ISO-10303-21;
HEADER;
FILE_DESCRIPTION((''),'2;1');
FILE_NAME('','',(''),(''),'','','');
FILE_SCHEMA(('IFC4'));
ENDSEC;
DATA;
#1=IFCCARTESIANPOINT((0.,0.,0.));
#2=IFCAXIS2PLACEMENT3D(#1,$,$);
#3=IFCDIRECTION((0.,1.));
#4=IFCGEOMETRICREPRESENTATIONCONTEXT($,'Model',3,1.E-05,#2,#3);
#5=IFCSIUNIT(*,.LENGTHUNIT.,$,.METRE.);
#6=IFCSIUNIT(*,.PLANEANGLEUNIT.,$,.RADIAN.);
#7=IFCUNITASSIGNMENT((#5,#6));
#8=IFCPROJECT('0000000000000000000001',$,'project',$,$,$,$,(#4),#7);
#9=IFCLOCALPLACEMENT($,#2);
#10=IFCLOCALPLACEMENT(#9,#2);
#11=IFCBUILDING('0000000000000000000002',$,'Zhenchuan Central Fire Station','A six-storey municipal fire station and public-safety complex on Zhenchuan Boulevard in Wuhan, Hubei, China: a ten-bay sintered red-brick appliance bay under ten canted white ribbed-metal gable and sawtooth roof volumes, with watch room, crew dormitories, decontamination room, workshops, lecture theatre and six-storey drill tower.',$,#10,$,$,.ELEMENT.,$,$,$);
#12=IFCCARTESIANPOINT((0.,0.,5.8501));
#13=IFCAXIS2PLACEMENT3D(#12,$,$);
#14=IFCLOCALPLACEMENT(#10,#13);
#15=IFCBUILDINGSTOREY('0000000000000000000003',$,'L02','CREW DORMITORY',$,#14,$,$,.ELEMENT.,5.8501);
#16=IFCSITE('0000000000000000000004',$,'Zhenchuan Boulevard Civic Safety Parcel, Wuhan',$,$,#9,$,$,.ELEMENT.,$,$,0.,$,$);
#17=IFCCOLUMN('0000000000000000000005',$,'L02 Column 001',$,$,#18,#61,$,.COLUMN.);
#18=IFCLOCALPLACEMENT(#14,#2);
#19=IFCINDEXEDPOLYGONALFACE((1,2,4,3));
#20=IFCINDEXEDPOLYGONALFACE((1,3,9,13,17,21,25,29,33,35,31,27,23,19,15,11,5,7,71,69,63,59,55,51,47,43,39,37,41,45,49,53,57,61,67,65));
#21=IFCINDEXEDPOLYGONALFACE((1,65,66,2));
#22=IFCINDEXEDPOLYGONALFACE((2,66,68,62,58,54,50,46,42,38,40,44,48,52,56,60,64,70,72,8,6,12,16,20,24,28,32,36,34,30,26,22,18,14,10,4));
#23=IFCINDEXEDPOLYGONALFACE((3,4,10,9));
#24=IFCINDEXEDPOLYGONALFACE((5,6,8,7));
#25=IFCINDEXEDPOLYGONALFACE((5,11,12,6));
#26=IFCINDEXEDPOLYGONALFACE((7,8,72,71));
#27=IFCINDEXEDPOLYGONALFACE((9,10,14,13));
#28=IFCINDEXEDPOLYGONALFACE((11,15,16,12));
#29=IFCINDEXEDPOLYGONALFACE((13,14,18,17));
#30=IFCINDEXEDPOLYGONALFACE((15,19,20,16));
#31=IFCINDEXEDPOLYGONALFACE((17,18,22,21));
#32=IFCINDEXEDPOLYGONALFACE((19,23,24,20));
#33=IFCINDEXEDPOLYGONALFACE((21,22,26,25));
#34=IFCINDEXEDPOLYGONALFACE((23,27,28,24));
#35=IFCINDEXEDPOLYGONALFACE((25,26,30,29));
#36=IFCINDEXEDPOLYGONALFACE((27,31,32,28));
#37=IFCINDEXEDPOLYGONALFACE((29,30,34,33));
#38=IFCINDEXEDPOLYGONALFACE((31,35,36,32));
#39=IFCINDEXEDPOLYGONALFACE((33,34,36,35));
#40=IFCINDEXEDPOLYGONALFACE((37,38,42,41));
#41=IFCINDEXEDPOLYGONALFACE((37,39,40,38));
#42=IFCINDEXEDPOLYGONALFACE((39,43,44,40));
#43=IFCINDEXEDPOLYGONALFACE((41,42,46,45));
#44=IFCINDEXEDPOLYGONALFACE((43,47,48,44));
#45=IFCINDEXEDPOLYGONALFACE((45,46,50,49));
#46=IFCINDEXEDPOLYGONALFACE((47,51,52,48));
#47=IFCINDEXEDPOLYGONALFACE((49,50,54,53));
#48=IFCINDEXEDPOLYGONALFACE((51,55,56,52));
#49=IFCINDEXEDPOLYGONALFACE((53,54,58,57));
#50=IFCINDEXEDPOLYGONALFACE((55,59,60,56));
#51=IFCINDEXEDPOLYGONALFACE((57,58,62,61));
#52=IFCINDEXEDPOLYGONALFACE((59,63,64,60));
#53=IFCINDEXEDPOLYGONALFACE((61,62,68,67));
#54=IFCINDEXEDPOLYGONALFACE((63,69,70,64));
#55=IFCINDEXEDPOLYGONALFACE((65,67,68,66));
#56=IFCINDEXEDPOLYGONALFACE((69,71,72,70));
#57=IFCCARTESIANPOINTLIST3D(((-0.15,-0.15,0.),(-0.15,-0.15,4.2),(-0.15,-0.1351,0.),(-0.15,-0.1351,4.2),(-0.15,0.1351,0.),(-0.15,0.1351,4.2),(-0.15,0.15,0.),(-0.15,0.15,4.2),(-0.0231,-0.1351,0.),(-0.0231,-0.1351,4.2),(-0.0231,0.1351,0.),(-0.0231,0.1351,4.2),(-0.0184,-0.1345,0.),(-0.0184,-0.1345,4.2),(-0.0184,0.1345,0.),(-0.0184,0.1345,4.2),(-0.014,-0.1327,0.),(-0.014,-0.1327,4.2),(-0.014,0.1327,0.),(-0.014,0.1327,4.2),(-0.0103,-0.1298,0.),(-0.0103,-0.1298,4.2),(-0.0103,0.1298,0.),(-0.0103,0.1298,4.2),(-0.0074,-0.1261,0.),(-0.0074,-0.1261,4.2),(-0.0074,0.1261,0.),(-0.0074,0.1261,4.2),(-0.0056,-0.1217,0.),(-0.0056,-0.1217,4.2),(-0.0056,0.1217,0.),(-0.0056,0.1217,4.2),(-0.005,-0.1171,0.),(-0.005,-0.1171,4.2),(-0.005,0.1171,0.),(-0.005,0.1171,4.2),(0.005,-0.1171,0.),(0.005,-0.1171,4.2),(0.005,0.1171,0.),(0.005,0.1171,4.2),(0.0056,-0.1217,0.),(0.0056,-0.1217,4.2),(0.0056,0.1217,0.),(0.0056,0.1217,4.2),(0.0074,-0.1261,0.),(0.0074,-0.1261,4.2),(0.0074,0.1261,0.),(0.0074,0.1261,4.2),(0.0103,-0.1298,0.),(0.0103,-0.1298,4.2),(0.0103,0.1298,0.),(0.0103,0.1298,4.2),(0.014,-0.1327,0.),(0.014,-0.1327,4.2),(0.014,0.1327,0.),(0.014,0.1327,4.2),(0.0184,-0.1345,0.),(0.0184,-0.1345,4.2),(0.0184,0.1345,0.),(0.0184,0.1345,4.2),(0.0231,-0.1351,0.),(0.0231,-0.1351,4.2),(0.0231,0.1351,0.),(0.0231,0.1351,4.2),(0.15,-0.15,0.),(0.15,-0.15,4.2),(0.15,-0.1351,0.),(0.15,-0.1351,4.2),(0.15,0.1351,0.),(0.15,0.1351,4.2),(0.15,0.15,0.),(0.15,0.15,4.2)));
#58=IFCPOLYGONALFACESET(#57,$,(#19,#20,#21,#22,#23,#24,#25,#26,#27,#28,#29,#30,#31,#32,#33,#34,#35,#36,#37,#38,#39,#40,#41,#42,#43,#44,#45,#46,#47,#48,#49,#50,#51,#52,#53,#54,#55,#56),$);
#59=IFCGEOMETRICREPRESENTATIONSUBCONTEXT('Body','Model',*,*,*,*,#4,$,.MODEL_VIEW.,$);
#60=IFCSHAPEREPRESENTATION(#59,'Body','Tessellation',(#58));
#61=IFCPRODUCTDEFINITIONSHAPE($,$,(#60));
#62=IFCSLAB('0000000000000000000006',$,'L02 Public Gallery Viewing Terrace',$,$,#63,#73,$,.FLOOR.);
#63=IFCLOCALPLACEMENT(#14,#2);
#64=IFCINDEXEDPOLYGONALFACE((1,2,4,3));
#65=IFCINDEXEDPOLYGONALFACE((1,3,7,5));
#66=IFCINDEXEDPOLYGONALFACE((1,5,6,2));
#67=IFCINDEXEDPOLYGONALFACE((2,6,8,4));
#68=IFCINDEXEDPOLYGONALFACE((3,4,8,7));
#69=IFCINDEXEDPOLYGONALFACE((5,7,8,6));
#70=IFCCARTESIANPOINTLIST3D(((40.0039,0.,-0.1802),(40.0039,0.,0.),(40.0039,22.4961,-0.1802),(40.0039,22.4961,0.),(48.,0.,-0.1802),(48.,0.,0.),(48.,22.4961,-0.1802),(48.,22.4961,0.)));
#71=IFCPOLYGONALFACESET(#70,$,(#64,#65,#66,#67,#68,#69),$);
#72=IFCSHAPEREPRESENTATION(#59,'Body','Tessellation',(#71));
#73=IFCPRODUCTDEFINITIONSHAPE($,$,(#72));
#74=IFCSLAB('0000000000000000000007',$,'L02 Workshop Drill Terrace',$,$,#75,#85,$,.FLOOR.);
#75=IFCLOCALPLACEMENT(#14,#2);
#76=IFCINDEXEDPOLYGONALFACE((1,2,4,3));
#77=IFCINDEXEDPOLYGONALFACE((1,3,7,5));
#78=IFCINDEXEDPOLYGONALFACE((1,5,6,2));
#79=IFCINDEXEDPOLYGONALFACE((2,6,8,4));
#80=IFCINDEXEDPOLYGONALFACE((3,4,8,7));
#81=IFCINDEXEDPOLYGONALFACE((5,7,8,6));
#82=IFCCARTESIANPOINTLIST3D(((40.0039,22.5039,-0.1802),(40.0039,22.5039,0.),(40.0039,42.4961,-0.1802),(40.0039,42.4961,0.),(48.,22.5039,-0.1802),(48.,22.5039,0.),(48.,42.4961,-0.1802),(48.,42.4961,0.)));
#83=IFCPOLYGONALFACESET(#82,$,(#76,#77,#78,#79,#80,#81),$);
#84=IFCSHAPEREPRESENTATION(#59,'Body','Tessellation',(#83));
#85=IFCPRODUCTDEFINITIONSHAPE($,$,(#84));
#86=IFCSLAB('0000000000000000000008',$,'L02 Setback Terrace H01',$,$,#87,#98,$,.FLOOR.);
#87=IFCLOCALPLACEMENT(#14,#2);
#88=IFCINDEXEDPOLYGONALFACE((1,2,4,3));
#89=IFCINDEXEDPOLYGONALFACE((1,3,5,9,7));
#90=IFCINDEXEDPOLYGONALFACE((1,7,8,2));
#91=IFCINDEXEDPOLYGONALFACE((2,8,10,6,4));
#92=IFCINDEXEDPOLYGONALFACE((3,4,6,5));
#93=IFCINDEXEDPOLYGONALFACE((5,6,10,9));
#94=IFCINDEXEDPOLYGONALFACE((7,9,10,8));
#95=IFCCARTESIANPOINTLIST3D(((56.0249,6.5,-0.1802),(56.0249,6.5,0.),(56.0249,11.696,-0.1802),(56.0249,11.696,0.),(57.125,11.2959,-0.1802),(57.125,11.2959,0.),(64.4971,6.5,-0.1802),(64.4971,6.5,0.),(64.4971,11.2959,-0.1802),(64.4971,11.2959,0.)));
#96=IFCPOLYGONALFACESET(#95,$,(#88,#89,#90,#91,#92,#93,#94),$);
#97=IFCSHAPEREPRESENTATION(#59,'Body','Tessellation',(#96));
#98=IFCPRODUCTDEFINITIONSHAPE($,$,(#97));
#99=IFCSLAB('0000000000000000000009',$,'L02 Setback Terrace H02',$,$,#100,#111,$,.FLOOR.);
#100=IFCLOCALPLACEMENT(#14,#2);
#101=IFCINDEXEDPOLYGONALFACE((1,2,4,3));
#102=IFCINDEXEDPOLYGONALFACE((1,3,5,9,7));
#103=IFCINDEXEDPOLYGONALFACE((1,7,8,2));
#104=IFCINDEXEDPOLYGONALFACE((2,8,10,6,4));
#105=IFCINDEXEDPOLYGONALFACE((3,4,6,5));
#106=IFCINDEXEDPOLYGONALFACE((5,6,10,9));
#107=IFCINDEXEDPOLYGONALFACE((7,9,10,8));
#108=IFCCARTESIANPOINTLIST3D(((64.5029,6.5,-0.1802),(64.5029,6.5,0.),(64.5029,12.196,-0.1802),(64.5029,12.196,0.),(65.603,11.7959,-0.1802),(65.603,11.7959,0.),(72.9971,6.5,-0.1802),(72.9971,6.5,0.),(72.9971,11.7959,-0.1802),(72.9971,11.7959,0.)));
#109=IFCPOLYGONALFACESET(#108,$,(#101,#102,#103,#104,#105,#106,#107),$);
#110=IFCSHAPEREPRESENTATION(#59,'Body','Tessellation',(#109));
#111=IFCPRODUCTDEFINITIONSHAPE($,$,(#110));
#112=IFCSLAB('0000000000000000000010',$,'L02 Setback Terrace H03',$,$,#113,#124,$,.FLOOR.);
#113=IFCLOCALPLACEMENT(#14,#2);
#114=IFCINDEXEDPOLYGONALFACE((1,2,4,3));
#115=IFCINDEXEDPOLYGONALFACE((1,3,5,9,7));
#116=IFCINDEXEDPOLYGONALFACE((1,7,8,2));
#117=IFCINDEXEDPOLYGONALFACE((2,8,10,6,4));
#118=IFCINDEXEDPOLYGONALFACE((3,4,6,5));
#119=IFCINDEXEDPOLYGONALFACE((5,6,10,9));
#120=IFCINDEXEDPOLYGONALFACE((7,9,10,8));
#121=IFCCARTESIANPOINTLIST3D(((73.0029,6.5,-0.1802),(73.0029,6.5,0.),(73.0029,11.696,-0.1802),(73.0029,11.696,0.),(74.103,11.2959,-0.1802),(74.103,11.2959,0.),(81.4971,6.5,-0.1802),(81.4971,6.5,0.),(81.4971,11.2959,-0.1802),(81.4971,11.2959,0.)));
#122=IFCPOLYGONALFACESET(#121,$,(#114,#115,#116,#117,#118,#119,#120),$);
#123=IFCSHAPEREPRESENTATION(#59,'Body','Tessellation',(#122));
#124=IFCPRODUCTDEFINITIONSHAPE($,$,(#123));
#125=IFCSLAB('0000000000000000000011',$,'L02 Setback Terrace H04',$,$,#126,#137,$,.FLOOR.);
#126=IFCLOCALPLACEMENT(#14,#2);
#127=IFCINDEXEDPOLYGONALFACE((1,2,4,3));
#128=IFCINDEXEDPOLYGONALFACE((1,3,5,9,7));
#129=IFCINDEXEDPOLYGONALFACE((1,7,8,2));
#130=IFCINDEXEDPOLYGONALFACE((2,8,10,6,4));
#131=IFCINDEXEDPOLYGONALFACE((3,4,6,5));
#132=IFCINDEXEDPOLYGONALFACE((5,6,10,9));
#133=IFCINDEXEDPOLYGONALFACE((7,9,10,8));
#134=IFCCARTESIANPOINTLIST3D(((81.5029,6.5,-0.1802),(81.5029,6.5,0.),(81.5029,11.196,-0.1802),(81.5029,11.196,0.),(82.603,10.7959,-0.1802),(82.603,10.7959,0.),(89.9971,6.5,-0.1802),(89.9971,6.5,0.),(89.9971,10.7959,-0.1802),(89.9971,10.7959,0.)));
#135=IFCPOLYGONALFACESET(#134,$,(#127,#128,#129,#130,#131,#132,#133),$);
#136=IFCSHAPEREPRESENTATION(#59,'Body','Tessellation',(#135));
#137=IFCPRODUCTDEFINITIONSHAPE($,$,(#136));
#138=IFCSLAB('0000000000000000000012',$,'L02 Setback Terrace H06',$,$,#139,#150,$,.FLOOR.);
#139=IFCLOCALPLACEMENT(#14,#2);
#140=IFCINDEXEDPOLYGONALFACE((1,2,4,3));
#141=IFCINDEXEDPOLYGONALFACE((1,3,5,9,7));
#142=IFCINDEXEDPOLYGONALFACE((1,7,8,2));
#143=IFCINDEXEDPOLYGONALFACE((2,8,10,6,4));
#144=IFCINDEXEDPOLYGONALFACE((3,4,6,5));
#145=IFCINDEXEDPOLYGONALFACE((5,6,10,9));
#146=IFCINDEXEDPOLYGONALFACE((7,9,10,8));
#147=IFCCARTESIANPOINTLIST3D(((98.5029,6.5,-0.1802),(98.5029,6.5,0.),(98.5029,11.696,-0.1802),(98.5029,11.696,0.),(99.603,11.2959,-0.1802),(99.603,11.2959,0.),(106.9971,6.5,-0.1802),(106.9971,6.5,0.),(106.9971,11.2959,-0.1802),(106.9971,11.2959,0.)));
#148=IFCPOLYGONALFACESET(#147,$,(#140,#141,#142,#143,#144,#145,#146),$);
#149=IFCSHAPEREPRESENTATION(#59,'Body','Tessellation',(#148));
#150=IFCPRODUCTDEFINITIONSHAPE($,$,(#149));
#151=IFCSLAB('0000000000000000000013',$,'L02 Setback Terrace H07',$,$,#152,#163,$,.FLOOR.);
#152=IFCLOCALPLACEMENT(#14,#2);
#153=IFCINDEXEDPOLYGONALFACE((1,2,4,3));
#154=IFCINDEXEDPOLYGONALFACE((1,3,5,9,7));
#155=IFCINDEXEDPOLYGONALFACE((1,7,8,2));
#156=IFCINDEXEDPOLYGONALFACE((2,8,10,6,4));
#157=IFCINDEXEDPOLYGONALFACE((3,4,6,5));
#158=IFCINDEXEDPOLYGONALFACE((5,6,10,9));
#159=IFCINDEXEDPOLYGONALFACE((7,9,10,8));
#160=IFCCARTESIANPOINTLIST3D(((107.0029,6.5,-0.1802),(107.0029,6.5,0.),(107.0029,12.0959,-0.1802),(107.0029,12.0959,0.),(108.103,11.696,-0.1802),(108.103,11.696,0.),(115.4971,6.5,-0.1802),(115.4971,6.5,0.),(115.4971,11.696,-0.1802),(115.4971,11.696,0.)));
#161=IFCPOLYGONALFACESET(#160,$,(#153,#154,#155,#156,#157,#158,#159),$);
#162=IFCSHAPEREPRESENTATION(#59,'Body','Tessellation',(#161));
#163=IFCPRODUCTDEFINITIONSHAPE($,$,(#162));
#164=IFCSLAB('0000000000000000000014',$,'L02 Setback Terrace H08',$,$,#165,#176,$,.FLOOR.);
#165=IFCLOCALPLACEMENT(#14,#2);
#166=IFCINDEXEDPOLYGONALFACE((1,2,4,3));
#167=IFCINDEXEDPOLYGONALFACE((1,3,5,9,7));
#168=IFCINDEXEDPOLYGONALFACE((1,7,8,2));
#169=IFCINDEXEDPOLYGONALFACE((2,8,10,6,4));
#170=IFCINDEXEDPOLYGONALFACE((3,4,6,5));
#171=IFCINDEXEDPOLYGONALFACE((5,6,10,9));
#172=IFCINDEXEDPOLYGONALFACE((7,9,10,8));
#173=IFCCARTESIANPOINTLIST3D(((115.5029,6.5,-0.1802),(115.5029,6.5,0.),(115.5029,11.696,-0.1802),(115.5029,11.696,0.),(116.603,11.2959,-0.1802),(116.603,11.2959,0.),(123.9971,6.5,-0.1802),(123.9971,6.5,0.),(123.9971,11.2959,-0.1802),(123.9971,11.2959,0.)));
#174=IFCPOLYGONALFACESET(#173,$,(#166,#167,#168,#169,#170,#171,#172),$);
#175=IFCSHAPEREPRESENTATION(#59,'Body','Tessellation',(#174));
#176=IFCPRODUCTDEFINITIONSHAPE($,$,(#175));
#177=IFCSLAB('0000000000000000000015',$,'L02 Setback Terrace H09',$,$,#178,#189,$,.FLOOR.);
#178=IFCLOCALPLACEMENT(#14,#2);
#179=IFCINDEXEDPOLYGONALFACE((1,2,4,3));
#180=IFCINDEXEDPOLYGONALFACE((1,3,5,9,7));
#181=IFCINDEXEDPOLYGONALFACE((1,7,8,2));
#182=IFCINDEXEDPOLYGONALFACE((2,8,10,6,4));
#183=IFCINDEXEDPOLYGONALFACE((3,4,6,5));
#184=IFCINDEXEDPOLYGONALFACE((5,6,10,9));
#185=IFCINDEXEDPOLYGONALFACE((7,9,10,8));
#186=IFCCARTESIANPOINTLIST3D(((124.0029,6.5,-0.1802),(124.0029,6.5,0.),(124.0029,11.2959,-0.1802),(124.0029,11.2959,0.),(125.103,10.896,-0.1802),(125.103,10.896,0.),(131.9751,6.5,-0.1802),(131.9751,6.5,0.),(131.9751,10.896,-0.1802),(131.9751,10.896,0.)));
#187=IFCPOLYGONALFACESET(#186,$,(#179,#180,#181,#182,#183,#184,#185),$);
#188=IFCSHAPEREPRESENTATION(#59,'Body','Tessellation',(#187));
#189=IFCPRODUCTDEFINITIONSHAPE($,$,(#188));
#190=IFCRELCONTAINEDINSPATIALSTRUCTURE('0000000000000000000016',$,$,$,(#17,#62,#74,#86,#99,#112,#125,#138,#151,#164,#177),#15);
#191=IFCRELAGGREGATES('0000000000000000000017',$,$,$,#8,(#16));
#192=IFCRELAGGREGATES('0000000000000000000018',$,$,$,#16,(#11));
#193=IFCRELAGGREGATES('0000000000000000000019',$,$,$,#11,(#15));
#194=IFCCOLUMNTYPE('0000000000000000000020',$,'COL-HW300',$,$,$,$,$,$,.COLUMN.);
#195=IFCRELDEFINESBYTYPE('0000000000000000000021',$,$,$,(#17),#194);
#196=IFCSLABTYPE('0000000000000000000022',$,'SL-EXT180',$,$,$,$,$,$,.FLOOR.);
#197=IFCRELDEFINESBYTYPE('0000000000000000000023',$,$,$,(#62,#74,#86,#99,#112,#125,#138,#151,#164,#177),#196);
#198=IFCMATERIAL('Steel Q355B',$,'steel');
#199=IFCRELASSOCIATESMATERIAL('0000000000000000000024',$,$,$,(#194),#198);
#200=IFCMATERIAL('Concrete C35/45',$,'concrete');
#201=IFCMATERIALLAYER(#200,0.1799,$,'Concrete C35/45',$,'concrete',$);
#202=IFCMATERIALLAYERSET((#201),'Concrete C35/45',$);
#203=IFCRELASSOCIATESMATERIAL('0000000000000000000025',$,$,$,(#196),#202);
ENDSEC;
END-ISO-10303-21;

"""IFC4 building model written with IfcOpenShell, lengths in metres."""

from ifc_helpers import new_model, si_unit, direction, frame, origin, origin_with_axes, origin_2d, place, context, subcontext, project, spatial, polyline, i_section, outline, extrude, material, layer, layer_set, material_profile, profile_set, type_object, element, save


model = new_model("IFC4")

# Units and contexts
model_context = context("Model", 3, precision=1e-05, world=origin(), true_north=direction((0.0, 1.0)))
body_context = subcontext(model_context, "Body", "Model", "MODEL_VIEW")
ifc_project = project(units=[si_unit("LENGTHUNIT", "METRE"), si_unit("PLANEANGLEUNIT", "RADIAN")], contexts=[model_context])

# Site, building, storey
site_placement = place(None, origin())
site = spatial("IfcSite", under=ifc_project, at=site_placement, Name="Zhenchuan Boulevard Civic Safety Parcel, Wuhan", CompositionType="ELEMENT", RefElevation=0.0)
building_placement = place(site_placement, origin())
building = spatial("IfcBuilding", under=site, at=building_placement, Name="Zhenchuan Central Fire Station", Description="A six-storey municipal fire station and public-safety complex on Zhenchuan Boulevard in Wuhan, Hubei, China: a ten-bay sintered red-brick appliance bay under ten canted white ribbed-metal gable and sawtooth roof volumes, with watch room, crew dormitories, decontamination room, workshops, lecture theatre and six-storey drill tower.", CompositionType="ELEMENT")
storey_placement = place(building_placement, frame((0.0, 0.0, 5.8501)))
storey = spatial("IfcBuildingStorey", under=building, at=storey_placement, Name="L02", Description="CREW DORMITORY", CompositionType="ELEMENT", Elevation=5.8501)

# Column
ifc_material_1 = material(Name="Steel Q355B", Category="steel")
ifc_material_profile = material_profile(ifc_material_1, i_section(OverallWidth=0.3, OverallDepth=0.3, WebThickness=0.01, FlangeThickness=0.0149, FilletRadius=0.0181, at=origin_2d()), Name="HW 300x300")
ifc_profile_set = profile_set([ifc_material_profile], Name="Steel Q355B")
column_type = type_object("IfcColumnType", Name="COL-HW300", PredefinedType="COLUMN", material=ifc_profile_set)
column_placement = place(storey_placement, origin_with_axes())
element("IfcColumn", 1, at=column_placement, inside=storey, type_object=column_type, Name="L02 Column 001", PredefinedType="COLUMN", context=body_context, shape_type="SweptSolid", body=[
    extrude(i_section(OverallWidth=0.3, OverallDepth=0.3, WebThickness=0.01, FlangeThickness=0.0149, FilletRadius=0.0181, at=origin_2d()), origin(), (0.0, 0.0, 1.0), 4.2),
])

# Slabs
ifc_material_2 = material(Name="Concrete C35/45", Category="concrete")
ifc_layer_1 = layer(ifc_material_2, 0.1799, Name="Concrete C35/45", Category="concrete")
ifc_layer_set_1 = layer_set([ifc_layer_1], Name="Concrete C35/45")
slab_type_1 = type_object("IfcSlabType", Name="SL-EXT180", PredefinedType="FLOOR", material=ifc_layer_set_1)
slab_1_placement = place(storey_placement, frame((0.0, 0.0, -0.1802)))
element("IfcSlab", 2, at=slab_1_placement, inside=storey, type_object=slab_type_1, Name="L02 Public Gallery Viewing Terrace", PredefinedType="FLOOR", context=body_context, shape_type="SweptSolid", body=[
    extrude(outline(polyline([(40.0039, 0.0), (48.0, 0.0), (48.0, 22.4961), (40.0039, 22.4961), (40.0039, 0.0)])), origin(), (0.0, 0.0, 1.0), 0.1802),
])
slab_2_placement = place(storey_placement, frame((0.0, 0.0, -0.1802)))
element("IfcSlab", 3, at=slab_2_placement, inside=storey, type_object=slab_type_1, Name="L02 Workshop Drill Terrace", PredefinedType="FLOOR", context=body_context, shape_type="SweptSolid", body=[
    extrude(outline(polyline([(40.0039, 22.5039), (48.0, 22.5039), (48.0, 42.4961), (40.0039, 42.4961), (40.0039, 22.5039)])), origin(), (0.0, 0.0, 1.0), 0.1802),
])
slab_3_placement = place(storey_placement, frame((0.0, 0.0, -0.1802)))
element("IfcSlab", 4, at=slab_3_placement, inside=storey, type_object=slab_type_1, Name="L02 Setback Terrace H01", PredefinedType="FLOOR", context=body_context, shape_type="SweptSolid", body=[
    extrude(outline(polyline([(56.0249, 6.5), (64.4971, 6.5), (64.4971, 11.2959), (57.125, 11.2959), (56.0249, 11.696), (56.0249, 6.5)])), origin(), (0.0, 0.0, 1.0), 0.1802),
])
slab_4_placement = place(storey_placement, frame((0.0, 0.0, -0.1802)))
element("IfcSlab", 5, at=slab_4_placement, inside=storey, type_object=slab_type_1, Name="L02 Setback Terrace H02", PredefinedType="FLOOR", context=body_context, shape_type="SweptSolid", body=[
    extrude(outline(polyline([(64.5029, 6.5), (72.9971, 6.5), (72.9971, 11.7959), (65.603, 11.7959), (64.5029, 12.196), (64.5029, 6.5)])), origin(), (0.0, 0.0, 1.0), 0.1802),
])
slab_5_placement = place(storey_placement, frame((0.0, 0.0, -0.1802)))
element("IfcSlab", 6, at=slab_5_placement, inside=storey, type_object=slab_type_1, Name="L02 Setback Terrace H03", PredefinedType="FLOOR", context=body_context, shape_type="SweptSolid", body=[
    extrude(outline(polyline([(73.0029, 6.5), (81.4971, 6.5), (81.4971, 11.2959), (74.103, 11.2959), (73.0029, 11.696), (73.0029, 6.5)])), origin(), (0.0, 0.0, 1.0), 0.1802),
])
slab_6_placement = place(storey_placement, frame((0.0, 0.0, -0.1802)))
element("IfcSlab", 7, at=slab_6_placement, inside=storey, type_object=slab_type_1, Name="L02 Setback Terrace H04", PredefinedType="FLOOR", context=body_context, shape_type="SweptSolid", body=[
    extrude(outline(polyline([(81.5029, 6.5), (89.9971, 6.5), (89.9971, 10.7959), (82.603, 10.7959), (81.5029, 11.196), (81.5029, 6.5)])), origin(), (0.0, 0.0, 1.0), 0.1802),
])
slab_7_placement = place(storey_placement, frame((0.0, 0.0, -0.1802)))
element("IfcSlab", 8, at=slab_7_placement, inside=storey, type_object=slab_type_1, Name="L02 Setback Terrace H06", PredefinedType="FLOOR", context=body_context, shape_type="SweptSolid", body=[
    extrude(outline(polyline([(98.5029, 6.5), (106.9971, 6.5), (106.9971, 11.2959), (99.603, 11.2959), (98.5029, 11.696), (98.5029, 6.5)])), origin(), (0.0, 0.0, 1.0), 0.1802),
])
slab_8_placement = place(storey_placement, frame((0.0, 0.0, -0.1802)))
element("IfcSlab", 9, at=slab_8_placement, inside=storey, type_object=slab_type_1, Name="L02 Setback Terrace H07", PredefinedType="FLOOR", context=body_context, shape_type="SweptSolid", body=[
    extrude(outline(polyline([(107.0029, 6.5), (115.4971, 6.5), (115.4971, 11.696), (108.103, 11.696), (107.0029, 12.0959), (107.0029, 6.5)])), origin(), (0.0, 0.0, 1.0), 0.1802),
])
slab_9_placement = place(storey_placement, frame((0.0, 0.0, -0.1802)))
element("IfcSlab", 10, at=slab_9_placement, inside=storey, type_object=slab_type_1, Name="L02 Setback Terrace H08", PredefinedType="FLOOR", context=body_context, shape_type="SweptSolid", body=[
    extrude(outline(polyline([(115.5029, 6.5), (123.9971, 6.5), (123.9971, 11.2959), (116.603, 11.2959), (115.5029, 11.696), (115.5029, 6.5)])), origin(), (0.0, 0.0, 1.0), 0.1802),
])
slab_10_placement = place(storey_placement, frame((0.0, 0.0, -0.1802)))
element("IfcSlab", 11, at=slab_10_placement, inside=storey, type_object=slab_type_1, Name="L02 Setback Terrace H09", PredefinedType="FLOOR", context=body_context, shape_type="SweptSolid", body=[
    extrude(outline(polyline([(124.0029, 6.5), (131.9751, 6.5), (131.9751, 10.896), (125.103, 10.896), (124.0029, 11.2959), (124.0029, 6.5)])), origin(), (0.0, 0.0, 1.0), 0.1802),
])

save(model, "model.ifc")
